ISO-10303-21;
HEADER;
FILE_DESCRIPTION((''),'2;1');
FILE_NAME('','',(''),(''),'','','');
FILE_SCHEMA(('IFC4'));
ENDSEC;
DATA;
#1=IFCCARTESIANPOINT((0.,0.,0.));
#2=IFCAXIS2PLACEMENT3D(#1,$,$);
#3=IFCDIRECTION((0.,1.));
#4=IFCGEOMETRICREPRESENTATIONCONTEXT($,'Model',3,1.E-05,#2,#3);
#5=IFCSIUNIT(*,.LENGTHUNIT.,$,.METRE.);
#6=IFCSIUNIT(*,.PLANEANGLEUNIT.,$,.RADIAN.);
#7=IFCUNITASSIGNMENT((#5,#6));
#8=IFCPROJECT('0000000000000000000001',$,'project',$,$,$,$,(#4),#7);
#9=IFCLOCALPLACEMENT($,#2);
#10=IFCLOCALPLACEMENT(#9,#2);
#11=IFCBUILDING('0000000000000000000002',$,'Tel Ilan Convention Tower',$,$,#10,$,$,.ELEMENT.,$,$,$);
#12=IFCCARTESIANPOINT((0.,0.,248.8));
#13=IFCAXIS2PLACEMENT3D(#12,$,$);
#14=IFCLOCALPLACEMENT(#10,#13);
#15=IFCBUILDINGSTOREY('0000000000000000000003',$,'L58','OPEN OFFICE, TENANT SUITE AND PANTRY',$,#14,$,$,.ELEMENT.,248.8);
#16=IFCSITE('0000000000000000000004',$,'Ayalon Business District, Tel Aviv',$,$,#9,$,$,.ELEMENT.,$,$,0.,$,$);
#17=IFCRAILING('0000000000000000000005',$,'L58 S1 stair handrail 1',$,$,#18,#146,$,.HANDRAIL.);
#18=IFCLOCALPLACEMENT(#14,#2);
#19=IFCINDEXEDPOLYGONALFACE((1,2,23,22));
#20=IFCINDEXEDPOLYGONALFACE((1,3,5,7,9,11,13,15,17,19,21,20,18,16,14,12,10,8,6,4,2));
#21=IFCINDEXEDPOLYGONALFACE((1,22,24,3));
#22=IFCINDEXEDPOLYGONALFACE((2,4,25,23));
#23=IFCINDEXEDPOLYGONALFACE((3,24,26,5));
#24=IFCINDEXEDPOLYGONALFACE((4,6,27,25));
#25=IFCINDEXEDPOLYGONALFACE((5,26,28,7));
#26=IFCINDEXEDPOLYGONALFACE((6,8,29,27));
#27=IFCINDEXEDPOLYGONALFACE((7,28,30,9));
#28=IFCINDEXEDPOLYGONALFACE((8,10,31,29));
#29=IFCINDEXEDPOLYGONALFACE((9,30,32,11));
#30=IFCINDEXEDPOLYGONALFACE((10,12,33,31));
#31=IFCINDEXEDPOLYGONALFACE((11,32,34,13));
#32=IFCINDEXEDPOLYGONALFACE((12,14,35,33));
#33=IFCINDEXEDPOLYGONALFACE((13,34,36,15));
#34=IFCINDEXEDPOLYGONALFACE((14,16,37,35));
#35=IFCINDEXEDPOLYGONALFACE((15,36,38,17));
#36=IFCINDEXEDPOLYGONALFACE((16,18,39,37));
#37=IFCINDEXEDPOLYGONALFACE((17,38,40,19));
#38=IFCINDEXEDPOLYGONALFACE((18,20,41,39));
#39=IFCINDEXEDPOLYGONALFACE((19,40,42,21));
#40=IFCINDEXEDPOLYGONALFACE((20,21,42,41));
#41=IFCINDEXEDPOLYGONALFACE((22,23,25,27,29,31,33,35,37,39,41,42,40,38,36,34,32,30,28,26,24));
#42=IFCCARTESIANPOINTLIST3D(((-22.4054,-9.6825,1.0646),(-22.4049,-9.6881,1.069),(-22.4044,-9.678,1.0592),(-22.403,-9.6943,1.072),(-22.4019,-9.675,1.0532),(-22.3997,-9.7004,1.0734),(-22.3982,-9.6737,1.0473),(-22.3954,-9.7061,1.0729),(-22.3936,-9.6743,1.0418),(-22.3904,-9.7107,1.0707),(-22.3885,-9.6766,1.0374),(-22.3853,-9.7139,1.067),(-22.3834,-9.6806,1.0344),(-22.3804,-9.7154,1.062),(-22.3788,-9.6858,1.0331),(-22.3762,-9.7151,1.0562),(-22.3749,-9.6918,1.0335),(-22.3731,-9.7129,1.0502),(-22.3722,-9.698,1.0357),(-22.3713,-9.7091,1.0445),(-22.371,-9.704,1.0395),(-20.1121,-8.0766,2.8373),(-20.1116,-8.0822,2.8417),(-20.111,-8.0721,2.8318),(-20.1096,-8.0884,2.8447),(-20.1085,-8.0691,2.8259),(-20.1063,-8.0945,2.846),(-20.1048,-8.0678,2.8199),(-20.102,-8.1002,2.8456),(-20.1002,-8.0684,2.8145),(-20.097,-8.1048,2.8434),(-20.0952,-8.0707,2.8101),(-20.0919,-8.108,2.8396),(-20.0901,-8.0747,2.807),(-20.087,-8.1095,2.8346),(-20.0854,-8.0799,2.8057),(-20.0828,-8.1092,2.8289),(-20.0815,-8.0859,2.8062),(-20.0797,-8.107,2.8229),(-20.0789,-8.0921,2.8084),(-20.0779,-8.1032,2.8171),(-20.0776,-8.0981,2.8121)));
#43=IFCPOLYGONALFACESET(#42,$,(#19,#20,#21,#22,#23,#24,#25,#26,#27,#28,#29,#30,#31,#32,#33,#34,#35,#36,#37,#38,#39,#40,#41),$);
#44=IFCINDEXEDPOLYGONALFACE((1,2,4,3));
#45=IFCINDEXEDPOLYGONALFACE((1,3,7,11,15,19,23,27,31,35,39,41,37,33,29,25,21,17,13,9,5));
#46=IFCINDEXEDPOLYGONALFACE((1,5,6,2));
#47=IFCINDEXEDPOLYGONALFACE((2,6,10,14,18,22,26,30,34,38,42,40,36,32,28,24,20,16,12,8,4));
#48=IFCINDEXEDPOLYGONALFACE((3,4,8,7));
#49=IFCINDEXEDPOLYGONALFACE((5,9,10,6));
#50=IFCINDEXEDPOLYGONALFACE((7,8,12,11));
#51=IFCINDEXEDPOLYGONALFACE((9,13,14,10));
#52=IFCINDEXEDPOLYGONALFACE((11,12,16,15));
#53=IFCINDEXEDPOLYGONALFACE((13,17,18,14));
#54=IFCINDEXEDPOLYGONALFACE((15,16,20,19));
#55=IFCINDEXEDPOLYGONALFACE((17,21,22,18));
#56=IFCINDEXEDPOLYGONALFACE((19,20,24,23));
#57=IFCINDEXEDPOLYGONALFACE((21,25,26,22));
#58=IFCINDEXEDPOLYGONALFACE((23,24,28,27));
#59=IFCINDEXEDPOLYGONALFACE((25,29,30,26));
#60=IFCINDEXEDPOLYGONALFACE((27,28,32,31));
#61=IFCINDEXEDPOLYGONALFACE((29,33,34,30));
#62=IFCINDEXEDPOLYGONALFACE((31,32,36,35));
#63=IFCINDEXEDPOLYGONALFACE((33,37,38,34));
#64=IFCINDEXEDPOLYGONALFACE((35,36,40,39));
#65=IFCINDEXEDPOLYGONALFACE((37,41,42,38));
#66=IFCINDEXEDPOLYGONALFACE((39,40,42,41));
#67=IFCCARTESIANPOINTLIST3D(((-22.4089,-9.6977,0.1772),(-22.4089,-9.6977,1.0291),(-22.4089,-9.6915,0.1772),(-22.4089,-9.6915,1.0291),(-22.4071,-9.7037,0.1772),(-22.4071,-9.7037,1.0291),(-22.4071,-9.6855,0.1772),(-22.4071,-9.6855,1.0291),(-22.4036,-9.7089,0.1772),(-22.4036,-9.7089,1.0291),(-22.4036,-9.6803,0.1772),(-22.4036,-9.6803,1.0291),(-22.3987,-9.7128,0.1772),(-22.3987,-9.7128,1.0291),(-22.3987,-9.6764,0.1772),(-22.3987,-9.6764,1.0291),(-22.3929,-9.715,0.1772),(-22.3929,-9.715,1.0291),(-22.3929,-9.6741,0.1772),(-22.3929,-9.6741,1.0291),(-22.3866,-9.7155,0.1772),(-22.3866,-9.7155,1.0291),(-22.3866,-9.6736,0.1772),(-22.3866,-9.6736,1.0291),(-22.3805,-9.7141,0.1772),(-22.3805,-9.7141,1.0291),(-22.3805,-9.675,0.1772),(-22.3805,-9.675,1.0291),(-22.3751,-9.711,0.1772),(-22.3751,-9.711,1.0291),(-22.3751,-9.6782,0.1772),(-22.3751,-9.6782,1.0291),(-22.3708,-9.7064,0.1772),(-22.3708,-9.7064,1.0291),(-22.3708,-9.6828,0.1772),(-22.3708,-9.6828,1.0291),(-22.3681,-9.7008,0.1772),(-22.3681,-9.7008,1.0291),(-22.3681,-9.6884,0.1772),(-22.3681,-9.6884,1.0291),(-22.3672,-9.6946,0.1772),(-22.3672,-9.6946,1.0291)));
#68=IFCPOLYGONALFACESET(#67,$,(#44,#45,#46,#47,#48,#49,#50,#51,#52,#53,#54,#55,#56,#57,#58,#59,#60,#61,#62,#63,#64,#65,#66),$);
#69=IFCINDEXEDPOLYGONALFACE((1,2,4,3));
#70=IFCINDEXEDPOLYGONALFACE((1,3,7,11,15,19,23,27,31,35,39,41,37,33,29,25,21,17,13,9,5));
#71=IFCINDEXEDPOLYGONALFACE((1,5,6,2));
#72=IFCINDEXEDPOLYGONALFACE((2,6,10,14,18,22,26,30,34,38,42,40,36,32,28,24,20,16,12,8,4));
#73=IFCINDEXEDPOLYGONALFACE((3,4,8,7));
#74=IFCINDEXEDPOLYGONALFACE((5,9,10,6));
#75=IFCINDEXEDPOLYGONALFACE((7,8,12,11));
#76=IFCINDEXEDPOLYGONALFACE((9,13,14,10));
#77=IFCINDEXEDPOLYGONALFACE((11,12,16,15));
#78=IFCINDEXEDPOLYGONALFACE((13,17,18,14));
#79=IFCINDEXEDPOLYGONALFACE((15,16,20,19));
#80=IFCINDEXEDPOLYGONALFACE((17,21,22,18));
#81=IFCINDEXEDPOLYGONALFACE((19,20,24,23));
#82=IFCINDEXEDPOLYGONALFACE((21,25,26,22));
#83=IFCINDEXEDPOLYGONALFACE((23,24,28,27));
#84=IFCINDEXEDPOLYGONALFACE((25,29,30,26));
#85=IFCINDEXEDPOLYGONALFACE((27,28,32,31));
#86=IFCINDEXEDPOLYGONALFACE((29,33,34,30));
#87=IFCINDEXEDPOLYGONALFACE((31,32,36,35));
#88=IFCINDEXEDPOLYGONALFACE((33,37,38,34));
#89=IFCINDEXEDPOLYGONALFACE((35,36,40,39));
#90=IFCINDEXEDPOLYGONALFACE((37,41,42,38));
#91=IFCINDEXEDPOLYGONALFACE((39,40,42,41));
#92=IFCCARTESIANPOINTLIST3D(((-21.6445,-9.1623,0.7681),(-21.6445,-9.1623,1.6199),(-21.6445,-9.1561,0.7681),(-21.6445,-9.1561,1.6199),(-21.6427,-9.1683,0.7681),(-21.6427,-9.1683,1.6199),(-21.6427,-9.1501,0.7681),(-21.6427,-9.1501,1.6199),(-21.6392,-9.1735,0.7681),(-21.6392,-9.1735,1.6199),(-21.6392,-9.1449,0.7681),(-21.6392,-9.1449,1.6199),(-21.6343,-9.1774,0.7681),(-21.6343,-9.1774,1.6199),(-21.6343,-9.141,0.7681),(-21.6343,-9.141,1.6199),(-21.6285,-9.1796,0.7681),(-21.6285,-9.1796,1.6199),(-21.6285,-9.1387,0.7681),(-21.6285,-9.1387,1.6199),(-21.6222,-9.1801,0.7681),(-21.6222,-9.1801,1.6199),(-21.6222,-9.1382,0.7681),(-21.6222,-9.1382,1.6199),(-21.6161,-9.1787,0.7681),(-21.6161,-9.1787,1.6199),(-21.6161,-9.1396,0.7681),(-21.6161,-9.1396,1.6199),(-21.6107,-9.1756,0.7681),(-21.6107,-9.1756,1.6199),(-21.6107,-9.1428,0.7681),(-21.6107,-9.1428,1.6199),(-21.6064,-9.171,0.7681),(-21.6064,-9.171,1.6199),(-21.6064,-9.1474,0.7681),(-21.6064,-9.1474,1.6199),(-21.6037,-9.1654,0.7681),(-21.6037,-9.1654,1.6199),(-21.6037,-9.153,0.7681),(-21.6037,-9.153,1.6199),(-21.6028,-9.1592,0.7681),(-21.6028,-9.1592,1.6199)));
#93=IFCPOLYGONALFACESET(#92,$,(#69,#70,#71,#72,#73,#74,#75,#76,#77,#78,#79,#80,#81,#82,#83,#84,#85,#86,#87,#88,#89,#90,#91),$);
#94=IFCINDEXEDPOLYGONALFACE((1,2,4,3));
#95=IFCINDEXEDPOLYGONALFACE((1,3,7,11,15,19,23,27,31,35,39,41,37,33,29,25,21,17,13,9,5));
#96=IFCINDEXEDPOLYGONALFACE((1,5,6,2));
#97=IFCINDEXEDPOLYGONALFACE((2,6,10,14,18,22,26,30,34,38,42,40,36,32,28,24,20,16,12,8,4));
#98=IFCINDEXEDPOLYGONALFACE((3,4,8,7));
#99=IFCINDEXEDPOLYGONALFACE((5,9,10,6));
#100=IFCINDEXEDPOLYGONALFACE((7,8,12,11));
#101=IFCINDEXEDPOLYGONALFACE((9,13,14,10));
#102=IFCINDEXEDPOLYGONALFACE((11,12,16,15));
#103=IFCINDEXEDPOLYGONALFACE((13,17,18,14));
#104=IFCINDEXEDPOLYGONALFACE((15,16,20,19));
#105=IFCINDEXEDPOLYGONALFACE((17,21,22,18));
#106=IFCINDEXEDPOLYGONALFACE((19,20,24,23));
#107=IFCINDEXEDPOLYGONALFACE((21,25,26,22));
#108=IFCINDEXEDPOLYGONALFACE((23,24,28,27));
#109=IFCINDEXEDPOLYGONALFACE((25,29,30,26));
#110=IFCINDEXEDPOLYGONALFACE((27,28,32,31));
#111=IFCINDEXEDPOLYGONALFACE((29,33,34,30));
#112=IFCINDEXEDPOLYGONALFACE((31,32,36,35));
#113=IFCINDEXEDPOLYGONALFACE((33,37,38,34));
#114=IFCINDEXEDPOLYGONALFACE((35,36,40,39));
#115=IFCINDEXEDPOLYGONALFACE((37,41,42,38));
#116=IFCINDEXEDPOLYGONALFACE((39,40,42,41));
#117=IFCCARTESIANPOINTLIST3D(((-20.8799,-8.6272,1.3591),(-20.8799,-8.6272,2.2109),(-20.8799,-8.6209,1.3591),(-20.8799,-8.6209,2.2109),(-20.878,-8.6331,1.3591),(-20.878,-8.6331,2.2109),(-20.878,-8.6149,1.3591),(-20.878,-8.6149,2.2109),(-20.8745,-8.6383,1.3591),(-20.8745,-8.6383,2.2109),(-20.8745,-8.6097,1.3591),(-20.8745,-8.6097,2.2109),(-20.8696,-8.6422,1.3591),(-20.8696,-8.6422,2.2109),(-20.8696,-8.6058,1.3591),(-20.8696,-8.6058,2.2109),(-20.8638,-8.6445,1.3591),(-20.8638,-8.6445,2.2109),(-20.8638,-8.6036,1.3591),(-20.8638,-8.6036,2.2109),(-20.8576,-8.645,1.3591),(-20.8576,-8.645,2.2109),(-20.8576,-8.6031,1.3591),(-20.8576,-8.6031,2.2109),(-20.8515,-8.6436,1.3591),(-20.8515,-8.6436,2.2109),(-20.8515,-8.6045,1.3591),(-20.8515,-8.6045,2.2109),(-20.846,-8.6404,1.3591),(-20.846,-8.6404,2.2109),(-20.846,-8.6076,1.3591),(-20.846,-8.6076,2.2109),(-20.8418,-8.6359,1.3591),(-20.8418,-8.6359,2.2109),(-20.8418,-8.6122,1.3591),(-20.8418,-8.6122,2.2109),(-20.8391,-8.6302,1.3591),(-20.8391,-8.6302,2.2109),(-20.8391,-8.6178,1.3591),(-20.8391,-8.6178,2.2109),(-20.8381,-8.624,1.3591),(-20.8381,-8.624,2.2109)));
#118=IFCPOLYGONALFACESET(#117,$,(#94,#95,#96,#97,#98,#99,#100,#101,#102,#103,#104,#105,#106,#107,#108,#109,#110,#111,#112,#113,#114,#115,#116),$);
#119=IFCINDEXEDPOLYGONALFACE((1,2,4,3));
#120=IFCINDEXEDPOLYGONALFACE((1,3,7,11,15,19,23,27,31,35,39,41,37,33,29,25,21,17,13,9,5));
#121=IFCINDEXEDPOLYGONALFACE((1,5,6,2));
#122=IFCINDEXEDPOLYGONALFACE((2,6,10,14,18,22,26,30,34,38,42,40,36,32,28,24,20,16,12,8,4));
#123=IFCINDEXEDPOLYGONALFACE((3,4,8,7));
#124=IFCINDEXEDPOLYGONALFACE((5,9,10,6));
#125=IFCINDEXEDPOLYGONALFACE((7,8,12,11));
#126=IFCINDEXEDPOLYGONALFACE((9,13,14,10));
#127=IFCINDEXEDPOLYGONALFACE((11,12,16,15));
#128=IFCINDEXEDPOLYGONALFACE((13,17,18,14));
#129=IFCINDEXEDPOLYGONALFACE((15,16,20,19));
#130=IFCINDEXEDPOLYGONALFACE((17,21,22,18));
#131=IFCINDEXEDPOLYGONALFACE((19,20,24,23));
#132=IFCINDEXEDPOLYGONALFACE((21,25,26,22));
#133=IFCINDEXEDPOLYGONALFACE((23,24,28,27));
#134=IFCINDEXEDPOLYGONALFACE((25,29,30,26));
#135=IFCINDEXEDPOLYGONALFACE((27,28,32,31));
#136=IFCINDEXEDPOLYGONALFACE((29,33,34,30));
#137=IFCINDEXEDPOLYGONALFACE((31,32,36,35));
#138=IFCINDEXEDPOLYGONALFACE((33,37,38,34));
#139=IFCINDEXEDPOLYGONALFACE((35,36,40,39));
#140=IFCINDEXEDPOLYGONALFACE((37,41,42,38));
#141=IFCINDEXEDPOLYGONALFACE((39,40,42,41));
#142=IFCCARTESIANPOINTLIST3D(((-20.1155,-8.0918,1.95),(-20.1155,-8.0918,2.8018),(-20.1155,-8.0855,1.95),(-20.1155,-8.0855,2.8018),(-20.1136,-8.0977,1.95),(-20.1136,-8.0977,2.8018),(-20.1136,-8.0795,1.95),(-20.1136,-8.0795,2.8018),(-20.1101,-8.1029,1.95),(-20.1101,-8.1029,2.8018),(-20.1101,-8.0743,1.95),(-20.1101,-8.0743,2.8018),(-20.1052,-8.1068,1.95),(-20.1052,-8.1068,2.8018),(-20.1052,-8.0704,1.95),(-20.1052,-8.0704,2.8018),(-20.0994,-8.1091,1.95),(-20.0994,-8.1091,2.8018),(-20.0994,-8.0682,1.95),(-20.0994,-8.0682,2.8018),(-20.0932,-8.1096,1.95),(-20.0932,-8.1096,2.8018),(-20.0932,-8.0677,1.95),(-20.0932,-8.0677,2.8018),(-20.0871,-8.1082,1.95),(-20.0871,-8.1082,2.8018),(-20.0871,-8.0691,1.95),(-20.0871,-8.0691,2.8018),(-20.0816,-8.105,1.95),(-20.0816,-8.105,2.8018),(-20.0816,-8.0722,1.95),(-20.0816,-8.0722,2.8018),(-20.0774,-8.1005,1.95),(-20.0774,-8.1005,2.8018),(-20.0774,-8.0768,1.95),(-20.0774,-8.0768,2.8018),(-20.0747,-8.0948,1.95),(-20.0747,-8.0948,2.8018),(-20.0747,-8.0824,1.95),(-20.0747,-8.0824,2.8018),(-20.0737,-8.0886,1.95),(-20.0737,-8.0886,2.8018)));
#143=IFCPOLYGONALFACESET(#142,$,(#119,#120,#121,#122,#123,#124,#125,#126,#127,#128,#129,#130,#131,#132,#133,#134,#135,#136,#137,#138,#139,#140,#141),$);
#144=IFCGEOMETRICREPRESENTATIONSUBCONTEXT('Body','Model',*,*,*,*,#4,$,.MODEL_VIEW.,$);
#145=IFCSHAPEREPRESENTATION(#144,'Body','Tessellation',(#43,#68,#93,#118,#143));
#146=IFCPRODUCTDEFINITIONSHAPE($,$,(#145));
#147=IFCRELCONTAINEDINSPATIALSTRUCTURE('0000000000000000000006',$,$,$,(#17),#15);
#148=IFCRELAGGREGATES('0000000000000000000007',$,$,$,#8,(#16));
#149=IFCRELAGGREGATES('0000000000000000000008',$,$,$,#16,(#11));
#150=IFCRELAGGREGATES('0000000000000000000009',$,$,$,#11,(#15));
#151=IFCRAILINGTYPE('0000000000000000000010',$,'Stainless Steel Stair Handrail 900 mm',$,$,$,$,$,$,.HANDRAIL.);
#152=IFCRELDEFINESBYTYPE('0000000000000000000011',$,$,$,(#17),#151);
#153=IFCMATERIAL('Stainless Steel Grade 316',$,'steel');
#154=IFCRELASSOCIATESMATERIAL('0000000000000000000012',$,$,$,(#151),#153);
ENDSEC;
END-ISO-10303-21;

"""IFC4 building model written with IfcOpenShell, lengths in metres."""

from ifc_helpers import new_model, si_unit, direction, frame, origin, origin_2d, place, context, subcontext, project, spatial, circle, extrude, material, type_object, element, save


model = new_model("IFC4")

# Units and contexts
model_context = context("Model", 3, precision=1e-05, world=origin(), true_north=direction((0.0, 1.0)))
body_context = subcontext(model_context, "Body", "Model", "MODEL_VIEW")
ifc_project = project(units=[si_unit("LENGTHUNIT", "METRE"), si_unit("PLANEANGLEUNIT", "RADIAN")], contexts=[model_context])

# Site, building, storey
site_placement = place(None, origin())
site = spatial("IfcSite", under=ifc_project, at=site_placement, Name="Ayalon Business District, Tel Aviv", CompositionType="ELEMENT", RefElevation=0.0)
building_placement = place(site_placement, origin())
building = spatial("IfcBuilding", under=site, at=building_placement, Name="Tel Ilan Convention Tower", CompositionType="ELEMENT")
storey_placement = place(building_placement, frame((0.0, 0.0, 248.8)))
storey = spatial("IfcBuildingStorey", under=building, at=storey_placement, Name="L58", Description="OPEN OFFICE, TENANT SUITE AND PANTRY", CompositionType="ELEMENT", Elevation=248.8)

# Railing
ifc_material_1 = material(Name="Stainless Steel Grade 316", Category="steel")
railing_type_1 = type_object("IfcRailingType", Name="Stainless Steel Stair Handrail 900 mm", PredefinedType="HANDRAIL", material=ifc_material_1)
railing_1_placement = place(storey_placement, frame((-22.3882, -9.6946, 0.1772)))
element("IfcRailing", 1, at=railing_1_placement, inside=storey, type_object=railing_type_1, Name="L58 S1 stair handrail 1", PredefinedType="HANDRAIL", context=body_context, shape_type="SweptSolid", body=[
    extrude(circle(Radius=0.0239, at=origin_2d()), frame((0.0, 0.0, 0.876), z_axis=(0.692085, 0.484621, 0.53494), x_axis=(-0.573591, 0.819142, 0.0)), (0.0, 0.0, 1.0), 3.3137),
    extrude(circle(Radius=0.021, at=origin_2d()), origin(), (0.0, 0.0, 1.0), 0.8518),
    extrude(circle(Radius=0.021, at=origin_2d()), frame((0.7644, 0.5354, 0.5908)), (0.0, 0.0, 1.0), 0.8518),
    extrude(circle(Radius=0.021, at=origin_2d()), frame((1.5291, 1.0706, 1.1819)), (0.0, 0.0, 1.0), 0.8518),
    extrude(circle(Radius=0.021, at=origin_2d()), frame((2.2935, 1.606, 1.7727)), (0.0, 0.0, 1.0), 0.8518),
])

save(model, "model.ifc")
